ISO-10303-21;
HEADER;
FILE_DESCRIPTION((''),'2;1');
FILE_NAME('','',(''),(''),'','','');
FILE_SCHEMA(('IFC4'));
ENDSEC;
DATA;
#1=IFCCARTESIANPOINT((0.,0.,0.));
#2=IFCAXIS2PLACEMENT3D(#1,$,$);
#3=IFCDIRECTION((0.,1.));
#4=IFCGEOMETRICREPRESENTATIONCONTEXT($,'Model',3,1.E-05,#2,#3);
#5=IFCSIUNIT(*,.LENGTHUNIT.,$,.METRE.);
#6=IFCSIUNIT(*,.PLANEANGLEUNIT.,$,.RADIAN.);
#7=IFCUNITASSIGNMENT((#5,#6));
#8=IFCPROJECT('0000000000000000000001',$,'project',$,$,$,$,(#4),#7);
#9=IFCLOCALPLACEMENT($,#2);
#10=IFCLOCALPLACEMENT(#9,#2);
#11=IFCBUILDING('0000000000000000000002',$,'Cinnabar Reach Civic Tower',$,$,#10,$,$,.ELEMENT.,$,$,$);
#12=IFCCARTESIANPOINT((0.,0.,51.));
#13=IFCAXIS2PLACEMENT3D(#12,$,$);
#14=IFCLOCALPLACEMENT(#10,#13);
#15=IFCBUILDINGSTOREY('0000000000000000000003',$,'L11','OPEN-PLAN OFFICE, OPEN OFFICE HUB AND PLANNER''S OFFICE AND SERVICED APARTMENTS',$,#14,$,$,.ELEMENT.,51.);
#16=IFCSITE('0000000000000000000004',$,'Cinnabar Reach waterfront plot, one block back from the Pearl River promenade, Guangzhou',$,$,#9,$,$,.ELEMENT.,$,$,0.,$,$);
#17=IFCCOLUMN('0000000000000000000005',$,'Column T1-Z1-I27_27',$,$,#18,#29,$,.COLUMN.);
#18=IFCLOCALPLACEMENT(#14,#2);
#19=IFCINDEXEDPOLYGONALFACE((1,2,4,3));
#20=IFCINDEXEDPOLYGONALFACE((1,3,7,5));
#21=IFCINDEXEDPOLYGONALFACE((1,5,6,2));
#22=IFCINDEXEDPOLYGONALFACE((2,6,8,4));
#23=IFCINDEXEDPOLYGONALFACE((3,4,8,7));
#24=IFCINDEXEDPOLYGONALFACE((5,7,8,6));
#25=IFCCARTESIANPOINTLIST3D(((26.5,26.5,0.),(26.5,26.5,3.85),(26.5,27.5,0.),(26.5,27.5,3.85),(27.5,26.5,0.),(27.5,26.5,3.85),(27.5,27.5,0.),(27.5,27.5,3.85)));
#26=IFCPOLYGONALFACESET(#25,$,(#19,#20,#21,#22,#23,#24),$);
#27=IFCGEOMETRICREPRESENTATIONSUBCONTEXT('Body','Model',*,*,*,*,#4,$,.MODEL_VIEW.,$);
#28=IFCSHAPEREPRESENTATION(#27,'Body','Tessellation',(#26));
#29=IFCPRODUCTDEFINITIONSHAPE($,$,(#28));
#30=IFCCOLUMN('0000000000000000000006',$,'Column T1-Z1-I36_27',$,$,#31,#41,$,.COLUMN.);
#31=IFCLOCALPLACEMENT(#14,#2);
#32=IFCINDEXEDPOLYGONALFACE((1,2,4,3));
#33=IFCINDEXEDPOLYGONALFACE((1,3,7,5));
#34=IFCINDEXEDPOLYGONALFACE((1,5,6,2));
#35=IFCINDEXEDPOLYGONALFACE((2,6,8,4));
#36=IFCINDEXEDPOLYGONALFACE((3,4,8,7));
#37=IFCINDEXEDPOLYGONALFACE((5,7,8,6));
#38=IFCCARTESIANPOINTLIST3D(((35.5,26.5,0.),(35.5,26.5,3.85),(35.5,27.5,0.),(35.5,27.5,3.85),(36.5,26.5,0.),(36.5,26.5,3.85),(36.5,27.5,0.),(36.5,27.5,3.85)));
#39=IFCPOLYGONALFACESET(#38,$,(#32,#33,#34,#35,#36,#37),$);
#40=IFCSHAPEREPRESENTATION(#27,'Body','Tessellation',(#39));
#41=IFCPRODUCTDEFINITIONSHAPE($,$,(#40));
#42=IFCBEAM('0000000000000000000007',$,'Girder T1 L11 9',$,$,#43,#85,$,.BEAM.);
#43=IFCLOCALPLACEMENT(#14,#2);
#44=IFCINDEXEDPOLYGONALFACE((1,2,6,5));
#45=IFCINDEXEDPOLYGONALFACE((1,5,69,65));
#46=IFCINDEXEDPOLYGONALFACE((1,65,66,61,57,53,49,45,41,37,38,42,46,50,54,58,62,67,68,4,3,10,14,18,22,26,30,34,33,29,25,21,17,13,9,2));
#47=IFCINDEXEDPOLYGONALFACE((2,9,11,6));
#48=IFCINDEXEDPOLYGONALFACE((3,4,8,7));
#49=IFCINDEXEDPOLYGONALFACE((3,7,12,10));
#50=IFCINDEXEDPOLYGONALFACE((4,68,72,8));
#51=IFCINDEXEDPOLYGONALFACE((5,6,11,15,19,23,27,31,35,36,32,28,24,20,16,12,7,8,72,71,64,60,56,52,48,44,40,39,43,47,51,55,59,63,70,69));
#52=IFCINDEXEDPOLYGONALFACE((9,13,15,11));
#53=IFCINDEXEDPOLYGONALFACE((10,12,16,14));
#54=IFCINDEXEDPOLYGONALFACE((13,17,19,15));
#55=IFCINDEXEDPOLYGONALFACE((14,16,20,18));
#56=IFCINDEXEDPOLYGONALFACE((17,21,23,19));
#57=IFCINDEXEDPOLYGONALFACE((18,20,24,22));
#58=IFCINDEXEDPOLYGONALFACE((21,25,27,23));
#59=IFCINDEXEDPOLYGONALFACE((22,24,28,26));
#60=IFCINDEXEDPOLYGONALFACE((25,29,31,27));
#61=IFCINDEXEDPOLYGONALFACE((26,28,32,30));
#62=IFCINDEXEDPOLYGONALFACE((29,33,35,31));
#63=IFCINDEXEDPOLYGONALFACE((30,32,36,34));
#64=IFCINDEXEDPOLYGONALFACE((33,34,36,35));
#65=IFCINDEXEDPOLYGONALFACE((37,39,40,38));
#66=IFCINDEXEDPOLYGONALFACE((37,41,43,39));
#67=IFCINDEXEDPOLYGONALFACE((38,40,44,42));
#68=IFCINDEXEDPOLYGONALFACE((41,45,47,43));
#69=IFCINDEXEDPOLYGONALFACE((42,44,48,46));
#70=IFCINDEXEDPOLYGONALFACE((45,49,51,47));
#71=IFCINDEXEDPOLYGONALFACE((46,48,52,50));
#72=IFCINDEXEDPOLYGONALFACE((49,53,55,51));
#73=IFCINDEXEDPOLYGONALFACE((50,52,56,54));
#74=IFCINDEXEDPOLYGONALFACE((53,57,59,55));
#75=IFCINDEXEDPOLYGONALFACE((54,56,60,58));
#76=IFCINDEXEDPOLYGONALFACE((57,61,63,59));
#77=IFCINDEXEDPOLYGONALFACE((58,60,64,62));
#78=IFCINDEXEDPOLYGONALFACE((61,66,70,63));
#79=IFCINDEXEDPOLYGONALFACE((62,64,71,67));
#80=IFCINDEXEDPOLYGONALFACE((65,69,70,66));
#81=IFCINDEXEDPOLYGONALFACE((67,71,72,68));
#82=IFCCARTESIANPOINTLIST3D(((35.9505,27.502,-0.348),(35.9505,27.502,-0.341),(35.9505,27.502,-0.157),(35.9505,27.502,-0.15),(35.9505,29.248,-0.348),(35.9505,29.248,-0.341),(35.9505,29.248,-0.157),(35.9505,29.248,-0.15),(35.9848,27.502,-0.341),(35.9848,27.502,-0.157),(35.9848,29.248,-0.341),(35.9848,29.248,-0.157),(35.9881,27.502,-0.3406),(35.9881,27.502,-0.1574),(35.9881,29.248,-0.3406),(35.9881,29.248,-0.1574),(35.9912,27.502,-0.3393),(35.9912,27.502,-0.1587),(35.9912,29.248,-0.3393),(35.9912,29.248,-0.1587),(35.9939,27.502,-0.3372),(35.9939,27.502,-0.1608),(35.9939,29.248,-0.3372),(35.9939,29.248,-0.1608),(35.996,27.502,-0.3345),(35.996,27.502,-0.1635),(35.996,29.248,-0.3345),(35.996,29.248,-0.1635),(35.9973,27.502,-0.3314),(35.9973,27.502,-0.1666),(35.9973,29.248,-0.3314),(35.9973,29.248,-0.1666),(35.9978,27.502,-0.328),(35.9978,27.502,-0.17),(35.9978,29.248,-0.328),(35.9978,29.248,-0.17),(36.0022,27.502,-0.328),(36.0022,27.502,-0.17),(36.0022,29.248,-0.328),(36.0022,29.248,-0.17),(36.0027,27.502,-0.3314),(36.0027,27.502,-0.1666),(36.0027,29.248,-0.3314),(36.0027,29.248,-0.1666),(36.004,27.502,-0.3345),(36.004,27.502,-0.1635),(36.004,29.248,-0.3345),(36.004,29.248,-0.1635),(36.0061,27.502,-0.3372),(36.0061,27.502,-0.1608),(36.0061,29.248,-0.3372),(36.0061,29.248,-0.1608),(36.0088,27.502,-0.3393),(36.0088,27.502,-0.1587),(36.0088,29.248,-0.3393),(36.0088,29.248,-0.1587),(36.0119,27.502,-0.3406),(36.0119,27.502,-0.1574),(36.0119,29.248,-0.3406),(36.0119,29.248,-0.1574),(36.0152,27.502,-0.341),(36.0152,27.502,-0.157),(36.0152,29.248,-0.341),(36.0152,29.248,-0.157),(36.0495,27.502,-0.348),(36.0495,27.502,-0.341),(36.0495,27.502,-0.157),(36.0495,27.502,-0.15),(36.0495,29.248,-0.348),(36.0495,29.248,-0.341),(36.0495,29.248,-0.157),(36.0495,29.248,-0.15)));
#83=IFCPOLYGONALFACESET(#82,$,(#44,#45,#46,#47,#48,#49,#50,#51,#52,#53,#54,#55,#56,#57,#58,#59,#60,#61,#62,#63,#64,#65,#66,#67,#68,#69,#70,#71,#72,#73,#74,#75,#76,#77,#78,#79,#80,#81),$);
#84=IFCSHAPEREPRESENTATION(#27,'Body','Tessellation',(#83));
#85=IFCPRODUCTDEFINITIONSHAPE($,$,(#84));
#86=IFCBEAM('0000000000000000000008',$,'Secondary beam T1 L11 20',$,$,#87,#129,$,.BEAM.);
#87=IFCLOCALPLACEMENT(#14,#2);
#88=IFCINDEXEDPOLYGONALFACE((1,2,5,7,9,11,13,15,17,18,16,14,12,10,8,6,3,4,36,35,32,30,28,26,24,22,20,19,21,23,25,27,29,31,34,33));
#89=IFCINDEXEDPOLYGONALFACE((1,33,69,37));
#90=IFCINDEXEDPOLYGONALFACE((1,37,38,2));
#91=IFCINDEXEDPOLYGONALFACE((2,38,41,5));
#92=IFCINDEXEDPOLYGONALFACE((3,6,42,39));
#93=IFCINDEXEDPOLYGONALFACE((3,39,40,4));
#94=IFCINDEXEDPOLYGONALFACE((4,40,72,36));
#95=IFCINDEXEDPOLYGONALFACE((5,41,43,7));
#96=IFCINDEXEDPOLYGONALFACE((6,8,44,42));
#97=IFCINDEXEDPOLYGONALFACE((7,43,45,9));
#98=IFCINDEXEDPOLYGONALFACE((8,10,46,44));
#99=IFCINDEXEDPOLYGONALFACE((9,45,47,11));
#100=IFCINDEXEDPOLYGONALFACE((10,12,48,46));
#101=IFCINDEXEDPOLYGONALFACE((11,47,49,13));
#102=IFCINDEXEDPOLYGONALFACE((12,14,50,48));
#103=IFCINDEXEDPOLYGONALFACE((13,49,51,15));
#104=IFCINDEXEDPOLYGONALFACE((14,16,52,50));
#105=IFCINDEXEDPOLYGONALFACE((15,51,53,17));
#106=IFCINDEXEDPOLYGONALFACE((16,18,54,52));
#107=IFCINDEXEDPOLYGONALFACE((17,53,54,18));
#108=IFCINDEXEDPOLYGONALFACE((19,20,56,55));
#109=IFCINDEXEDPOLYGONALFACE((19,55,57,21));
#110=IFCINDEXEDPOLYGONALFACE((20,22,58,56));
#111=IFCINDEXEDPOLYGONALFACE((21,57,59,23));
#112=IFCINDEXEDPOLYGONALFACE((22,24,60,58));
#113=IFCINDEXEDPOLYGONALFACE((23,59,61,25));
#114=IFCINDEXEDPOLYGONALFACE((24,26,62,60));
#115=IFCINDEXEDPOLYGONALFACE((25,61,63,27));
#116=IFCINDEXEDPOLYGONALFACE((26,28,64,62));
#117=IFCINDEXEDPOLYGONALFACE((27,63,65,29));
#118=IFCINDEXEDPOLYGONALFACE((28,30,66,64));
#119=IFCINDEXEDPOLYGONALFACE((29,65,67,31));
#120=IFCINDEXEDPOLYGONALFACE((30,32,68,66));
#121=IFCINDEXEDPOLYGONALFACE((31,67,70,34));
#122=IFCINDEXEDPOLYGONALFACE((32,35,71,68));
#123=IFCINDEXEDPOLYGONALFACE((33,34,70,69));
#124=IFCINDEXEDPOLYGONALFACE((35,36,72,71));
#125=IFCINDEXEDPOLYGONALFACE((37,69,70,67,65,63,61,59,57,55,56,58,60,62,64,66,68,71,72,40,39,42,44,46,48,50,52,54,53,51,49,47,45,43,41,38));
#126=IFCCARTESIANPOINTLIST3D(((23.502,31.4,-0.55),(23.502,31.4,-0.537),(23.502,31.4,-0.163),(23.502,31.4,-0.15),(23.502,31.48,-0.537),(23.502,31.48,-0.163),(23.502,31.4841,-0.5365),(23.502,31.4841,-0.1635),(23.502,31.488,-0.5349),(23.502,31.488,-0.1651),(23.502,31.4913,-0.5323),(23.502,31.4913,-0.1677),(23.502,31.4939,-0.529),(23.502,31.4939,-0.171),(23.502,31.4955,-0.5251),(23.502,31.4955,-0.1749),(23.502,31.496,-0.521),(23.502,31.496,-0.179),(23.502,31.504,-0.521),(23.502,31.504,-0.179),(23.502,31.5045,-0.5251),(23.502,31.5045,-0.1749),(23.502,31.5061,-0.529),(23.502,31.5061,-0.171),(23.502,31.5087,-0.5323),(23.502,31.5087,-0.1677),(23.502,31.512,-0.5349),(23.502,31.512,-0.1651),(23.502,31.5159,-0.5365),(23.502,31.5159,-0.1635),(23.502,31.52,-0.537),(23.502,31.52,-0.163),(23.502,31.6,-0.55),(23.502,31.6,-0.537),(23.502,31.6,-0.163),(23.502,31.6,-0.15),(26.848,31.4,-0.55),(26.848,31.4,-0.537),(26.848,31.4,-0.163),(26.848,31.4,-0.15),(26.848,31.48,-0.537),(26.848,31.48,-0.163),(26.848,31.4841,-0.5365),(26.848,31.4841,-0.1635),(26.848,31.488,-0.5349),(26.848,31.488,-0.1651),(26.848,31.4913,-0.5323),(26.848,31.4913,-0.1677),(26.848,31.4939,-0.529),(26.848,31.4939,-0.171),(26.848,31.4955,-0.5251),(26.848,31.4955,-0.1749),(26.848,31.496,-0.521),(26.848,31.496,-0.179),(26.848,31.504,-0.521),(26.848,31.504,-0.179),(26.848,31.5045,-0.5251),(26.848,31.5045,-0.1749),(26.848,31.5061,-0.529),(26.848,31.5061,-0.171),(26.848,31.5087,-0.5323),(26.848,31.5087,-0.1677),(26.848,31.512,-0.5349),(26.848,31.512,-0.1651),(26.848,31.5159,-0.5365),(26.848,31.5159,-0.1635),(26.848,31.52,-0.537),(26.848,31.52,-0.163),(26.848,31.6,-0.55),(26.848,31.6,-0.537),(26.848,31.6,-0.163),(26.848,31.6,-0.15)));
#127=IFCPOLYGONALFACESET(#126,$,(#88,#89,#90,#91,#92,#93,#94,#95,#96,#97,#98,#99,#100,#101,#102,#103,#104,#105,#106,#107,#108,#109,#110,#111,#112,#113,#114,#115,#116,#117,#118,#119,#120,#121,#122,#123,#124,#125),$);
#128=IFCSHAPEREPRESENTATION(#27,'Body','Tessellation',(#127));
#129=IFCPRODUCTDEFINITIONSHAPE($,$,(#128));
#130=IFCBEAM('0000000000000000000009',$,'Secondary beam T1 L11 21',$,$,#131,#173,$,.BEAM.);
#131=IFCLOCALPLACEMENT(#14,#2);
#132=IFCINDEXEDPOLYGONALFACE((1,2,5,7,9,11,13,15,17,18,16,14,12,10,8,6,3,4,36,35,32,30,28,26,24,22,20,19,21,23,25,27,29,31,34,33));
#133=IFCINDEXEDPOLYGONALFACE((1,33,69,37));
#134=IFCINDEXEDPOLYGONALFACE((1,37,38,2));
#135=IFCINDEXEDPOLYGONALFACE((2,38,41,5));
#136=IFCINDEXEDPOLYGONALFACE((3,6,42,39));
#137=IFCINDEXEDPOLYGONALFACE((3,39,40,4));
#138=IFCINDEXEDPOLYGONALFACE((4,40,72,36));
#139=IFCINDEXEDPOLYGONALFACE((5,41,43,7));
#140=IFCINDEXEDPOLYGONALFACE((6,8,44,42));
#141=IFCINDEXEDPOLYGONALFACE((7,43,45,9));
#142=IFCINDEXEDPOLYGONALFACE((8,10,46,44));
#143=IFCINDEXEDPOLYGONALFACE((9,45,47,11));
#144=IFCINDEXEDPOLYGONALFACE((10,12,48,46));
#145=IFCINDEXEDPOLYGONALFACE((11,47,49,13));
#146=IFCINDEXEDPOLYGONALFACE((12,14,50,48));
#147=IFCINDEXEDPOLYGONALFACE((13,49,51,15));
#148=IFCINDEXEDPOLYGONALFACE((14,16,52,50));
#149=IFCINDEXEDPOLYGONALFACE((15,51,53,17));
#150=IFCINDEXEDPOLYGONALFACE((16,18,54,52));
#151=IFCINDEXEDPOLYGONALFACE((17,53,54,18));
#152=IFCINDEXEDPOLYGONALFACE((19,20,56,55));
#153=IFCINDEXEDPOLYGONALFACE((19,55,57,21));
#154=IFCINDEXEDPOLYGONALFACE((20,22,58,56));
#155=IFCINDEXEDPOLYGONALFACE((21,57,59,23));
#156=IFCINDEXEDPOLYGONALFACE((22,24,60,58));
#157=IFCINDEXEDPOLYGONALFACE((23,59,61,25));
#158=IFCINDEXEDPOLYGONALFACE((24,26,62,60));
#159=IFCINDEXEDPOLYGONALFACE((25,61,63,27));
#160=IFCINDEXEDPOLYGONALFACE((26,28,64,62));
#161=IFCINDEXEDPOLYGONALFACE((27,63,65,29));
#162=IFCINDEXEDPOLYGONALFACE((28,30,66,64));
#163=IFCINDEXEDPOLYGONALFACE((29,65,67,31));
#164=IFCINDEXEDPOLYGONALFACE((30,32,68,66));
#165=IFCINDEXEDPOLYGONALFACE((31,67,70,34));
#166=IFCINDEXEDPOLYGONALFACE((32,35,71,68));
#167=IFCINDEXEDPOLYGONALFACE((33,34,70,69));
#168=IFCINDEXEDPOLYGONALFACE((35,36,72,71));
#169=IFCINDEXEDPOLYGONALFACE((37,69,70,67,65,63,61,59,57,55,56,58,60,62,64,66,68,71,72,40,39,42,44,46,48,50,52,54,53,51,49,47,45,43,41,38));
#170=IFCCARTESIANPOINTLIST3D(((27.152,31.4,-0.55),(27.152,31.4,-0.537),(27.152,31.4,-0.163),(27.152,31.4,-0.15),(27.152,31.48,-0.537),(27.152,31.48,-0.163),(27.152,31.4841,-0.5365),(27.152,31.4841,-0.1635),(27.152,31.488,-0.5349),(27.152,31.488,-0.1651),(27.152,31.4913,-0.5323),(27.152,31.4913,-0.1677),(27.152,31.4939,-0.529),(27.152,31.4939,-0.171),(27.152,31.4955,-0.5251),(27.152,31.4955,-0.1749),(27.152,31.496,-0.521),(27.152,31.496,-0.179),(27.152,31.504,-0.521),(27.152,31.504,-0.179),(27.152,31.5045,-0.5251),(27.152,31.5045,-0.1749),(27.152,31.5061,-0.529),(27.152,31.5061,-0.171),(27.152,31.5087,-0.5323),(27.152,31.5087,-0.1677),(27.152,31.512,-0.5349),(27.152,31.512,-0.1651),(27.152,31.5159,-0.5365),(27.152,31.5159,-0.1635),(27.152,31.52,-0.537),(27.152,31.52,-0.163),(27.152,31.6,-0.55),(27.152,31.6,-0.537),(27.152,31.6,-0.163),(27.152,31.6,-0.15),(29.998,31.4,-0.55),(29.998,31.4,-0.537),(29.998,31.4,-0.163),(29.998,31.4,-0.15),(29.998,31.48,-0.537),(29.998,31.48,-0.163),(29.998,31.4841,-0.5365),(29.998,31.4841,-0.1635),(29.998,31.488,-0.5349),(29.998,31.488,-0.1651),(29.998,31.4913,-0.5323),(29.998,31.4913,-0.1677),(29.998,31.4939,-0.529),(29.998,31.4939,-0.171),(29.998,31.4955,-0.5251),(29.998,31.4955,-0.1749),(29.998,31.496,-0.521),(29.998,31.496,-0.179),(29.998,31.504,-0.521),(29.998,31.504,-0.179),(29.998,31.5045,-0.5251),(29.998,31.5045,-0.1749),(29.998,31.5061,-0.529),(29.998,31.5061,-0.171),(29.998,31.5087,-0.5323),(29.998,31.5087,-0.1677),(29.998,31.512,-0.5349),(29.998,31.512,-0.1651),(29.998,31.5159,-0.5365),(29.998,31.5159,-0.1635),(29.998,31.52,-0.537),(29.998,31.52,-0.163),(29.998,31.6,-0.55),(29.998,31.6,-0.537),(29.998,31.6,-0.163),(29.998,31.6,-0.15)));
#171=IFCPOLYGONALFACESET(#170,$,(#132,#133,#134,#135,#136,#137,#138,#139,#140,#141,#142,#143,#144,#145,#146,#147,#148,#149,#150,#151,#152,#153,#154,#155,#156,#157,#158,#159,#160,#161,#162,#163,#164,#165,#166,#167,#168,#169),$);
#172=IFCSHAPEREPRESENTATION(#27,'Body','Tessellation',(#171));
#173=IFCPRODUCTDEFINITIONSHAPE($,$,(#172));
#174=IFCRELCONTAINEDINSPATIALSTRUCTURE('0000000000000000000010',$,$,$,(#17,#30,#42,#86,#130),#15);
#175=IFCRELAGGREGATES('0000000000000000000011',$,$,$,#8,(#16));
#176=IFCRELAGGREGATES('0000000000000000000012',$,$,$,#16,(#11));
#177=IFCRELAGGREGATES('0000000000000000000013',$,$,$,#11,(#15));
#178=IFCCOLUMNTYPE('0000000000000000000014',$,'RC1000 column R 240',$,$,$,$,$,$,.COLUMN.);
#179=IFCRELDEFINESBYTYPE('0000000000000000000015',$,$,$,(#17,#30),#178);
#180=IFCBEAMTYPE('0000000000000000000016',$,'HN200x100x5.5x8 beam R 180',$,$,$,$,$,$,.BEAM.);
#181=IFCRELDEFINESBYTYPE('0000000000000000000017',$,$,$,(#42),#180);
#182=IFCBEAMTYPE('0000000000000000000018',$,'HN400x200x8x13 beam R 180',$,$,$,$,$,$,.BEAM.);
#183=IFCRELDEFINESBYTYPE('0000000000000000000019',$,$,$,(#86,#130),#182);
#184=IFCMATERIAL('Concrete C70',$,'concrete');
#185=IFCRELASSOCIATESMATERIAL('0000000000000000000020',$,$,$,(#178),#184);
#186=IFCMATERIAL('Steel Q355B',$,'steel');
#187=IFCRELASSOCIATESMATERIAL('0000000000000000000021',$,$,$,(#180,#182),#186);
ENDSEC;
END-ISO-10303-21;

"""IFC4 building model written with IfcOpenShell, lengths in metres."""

from ifc_helpers import new_model, si_unit, direction, frame, origin, origin_2d, place, context, subcontext, project, spatial, rectangle, i_section, extrude, material, material_profile, profile_set, type_object, element, save


model = new_model("IFC4")

# Units and contexts
model_context = context("Model", 3, precision=1e-05, world=origin(), true_north=direction((0.0, 1.0)))
body_context = subcontext(model_context, "Body", "Model", "MODEL_VIEW")
ifc_project = project(units=[si_unit("LENGTHUNIT", "METRE"), si_unit("PLANEANGLEUNIT", "RADIAN")], contexts=[model_context])

# Site, building, storey
site_placement = place(None, origin())
site = spatial("IfcSite", under=ifc_project, at=site_placement, Name="Cinnabar Reach waterfront plot, one block back from the Pearl River promenade, Guangzhou", CompositionType="ELEMENT", RefElevation=0.0)
building_placement = place(site_placement, origin())
building = spatial("IfcBuilding", under=site, at=building_placement, Name="Cinnabar Reach Civic Tower", CompositionType="ELEMENT")
storey_placement = place(building_placement, frame((0.0, 0.0, 51.0)))
storey = spatial("IfcBuildingStorey", under=building, at=storey_placement, Name="L11", Description="OPEN-PLAN OFFICE, OPEN OFFICE HUB AND PLANNER'S OFFICE AND SERVICED APARTMENTS", CompositionType="ELEMENT", Elevation=51.0)

# Columns
ifc_material_1 = material(Name="Concrete C70", Category="concrete")
ifc_material_profile_1 = material_profile(ifc_material_1, rectangle(XDim=1.0, YDim=1.0, at=origin_2d()), Name="RC1000")
ifc_profile_set_1 = profile_set([ifc_material_profile_1], Name="Concrete C70")
column_type = type_object("IfcColumnType", Name="RC1000 column R 240", PredefinedType="COLUMN", material=ifc_profile_set_1)
for number, where, z_axis, x_axis, name in (
    (1, (27.0, 27.0, 0.0), (0.0, 0.0, 1.0), (1.0, 0.0, 0.0), "Column T1-Z1-I27_27"),
    (2, (36.0, 27.0, 0.0), (0.0, 0.0, 1.0), (1.0, 0.0, 0.0), "Column T1-Z1-I36_27"),
):
    element("IfcColumn", number, at=place(storey_placement, frame(where, z_axis=z_axis, x_axis=x_axis)), inside=storey, type_object=column_type, Name=name, PredefinedType="COLUMN", context=body_context, shape_type="SweptSolid", body=[
        extrude(rectangle(XDim=1.0, YDim=1.0, at=origin_2d()), origin(), (0.0, 0.0, 1.0), 3.85),
    ])

# Beams
ifc_material_2 = material(Name="Steel Q355B", Category="steel")
ifc_material_profile_2 = material_profile(ifc_material_2, i_section(OverallWidth=0.099, OverallDepth=0.198, WebThickness=0.0045, FlangeThickness=0.007, FilletRadius=0.013, at=origin_2d()), Name="HN200x100x5.5x8")
ifc_profile_set_2 = profile_set([ifc_material_profile_2], Name="Steel Q355B")
beam_type_1 = type_object("IfcBeamType", Name="HN200x100x5.5x8 beam R 180", PredefinedType="BEAM", material=ifc_profile_set_2)
beam_1_placement = place(storey_placement, frame((36.0, 27.502, -0.249), z_axis=(0.0, 1.0, 0.0), x_axis=(-1.0, 0.0, 0.0)))
element("IfcBeam", 3, at=beam_1_placement, inside=storey, type_object=beam_type_1, Name="Girder T1 L11 9", PredefinedType="BEAM", context=body_context, shape_type="SweptSolid", body=[
    extrude(i_section(OverallWidth=0.099, OverallDepth=0.198, WebThickness=0.0045, FlangeThickness=0.007, FilletRadius=0.013, at=origin_2d()), origin(), (0.0, 0.0, 1.0), 1.746),
])
ifc_material_profile_3 = material_profile(ifc_material_2, i_section(OverallWidth=0.2, OverallDepth=0.4, WebThickness=0.008, FlangeThickness=0.013, FilletRadius=0.016, at=origin_2d()), Name="HN400x200x8x13")
ifc_profile_set_3 = profile_set([ifc_material_profile_3], Name="Steel Q355B")
beam_type_2 = type_object("IfcBeamType", Name="HN400x200x8x13 beam R 180", PredefinedType="BEAM", material=ifc_profile_set_3)
beam_2_placement = place(storey_placement, frame((23.502, 31.5, -0.35), z_axis=(1.0, 0.0, 0.0), x_axis=(0.0, 1.0, 0.0)))
element("IfcBeam", 4, at=beam_2_placement, inside=storey, type_object=beam_type_2, Name="Secondary beam T1 L11 20", PredefinedType="BEAM", context=body_context, shape_type="SweptSolid", body=[
    extrude(i_section(OverallWidth=0.2, OverallDepth=0.4, WebThickness=0.008, FlangeThickness=0.013, FilletRadius=0.016, at=origin_2d()), origin(), (0.0, 0.0, 1.0), 3.346),
])
beam_3_placement = place(storey_placement, frame((27.152, 31.5, -0.35), z_axis=(1.0, 0.0, 0.0), x_axis=(0.0, 1.0, 0.0)))
element("IfcBeam", 5, at=beam_3_placement, inside=storey, type_object=beam_type_2, Name="Secondary beam T1 L11 21", PredefinedType="BEAM", context=body_context, shape_type="SweptSolid", body=[
    extrude(i_section(OverallWidth=0.2, OverallDepth=0.4, WebThickness=0.008, FlangeThickness=0.013, FilletRadius=0.016, at=origin_2d()), origin(), (0.0, 0.0, 1.0), 2.846),
])

save(model, "model.ifc")
